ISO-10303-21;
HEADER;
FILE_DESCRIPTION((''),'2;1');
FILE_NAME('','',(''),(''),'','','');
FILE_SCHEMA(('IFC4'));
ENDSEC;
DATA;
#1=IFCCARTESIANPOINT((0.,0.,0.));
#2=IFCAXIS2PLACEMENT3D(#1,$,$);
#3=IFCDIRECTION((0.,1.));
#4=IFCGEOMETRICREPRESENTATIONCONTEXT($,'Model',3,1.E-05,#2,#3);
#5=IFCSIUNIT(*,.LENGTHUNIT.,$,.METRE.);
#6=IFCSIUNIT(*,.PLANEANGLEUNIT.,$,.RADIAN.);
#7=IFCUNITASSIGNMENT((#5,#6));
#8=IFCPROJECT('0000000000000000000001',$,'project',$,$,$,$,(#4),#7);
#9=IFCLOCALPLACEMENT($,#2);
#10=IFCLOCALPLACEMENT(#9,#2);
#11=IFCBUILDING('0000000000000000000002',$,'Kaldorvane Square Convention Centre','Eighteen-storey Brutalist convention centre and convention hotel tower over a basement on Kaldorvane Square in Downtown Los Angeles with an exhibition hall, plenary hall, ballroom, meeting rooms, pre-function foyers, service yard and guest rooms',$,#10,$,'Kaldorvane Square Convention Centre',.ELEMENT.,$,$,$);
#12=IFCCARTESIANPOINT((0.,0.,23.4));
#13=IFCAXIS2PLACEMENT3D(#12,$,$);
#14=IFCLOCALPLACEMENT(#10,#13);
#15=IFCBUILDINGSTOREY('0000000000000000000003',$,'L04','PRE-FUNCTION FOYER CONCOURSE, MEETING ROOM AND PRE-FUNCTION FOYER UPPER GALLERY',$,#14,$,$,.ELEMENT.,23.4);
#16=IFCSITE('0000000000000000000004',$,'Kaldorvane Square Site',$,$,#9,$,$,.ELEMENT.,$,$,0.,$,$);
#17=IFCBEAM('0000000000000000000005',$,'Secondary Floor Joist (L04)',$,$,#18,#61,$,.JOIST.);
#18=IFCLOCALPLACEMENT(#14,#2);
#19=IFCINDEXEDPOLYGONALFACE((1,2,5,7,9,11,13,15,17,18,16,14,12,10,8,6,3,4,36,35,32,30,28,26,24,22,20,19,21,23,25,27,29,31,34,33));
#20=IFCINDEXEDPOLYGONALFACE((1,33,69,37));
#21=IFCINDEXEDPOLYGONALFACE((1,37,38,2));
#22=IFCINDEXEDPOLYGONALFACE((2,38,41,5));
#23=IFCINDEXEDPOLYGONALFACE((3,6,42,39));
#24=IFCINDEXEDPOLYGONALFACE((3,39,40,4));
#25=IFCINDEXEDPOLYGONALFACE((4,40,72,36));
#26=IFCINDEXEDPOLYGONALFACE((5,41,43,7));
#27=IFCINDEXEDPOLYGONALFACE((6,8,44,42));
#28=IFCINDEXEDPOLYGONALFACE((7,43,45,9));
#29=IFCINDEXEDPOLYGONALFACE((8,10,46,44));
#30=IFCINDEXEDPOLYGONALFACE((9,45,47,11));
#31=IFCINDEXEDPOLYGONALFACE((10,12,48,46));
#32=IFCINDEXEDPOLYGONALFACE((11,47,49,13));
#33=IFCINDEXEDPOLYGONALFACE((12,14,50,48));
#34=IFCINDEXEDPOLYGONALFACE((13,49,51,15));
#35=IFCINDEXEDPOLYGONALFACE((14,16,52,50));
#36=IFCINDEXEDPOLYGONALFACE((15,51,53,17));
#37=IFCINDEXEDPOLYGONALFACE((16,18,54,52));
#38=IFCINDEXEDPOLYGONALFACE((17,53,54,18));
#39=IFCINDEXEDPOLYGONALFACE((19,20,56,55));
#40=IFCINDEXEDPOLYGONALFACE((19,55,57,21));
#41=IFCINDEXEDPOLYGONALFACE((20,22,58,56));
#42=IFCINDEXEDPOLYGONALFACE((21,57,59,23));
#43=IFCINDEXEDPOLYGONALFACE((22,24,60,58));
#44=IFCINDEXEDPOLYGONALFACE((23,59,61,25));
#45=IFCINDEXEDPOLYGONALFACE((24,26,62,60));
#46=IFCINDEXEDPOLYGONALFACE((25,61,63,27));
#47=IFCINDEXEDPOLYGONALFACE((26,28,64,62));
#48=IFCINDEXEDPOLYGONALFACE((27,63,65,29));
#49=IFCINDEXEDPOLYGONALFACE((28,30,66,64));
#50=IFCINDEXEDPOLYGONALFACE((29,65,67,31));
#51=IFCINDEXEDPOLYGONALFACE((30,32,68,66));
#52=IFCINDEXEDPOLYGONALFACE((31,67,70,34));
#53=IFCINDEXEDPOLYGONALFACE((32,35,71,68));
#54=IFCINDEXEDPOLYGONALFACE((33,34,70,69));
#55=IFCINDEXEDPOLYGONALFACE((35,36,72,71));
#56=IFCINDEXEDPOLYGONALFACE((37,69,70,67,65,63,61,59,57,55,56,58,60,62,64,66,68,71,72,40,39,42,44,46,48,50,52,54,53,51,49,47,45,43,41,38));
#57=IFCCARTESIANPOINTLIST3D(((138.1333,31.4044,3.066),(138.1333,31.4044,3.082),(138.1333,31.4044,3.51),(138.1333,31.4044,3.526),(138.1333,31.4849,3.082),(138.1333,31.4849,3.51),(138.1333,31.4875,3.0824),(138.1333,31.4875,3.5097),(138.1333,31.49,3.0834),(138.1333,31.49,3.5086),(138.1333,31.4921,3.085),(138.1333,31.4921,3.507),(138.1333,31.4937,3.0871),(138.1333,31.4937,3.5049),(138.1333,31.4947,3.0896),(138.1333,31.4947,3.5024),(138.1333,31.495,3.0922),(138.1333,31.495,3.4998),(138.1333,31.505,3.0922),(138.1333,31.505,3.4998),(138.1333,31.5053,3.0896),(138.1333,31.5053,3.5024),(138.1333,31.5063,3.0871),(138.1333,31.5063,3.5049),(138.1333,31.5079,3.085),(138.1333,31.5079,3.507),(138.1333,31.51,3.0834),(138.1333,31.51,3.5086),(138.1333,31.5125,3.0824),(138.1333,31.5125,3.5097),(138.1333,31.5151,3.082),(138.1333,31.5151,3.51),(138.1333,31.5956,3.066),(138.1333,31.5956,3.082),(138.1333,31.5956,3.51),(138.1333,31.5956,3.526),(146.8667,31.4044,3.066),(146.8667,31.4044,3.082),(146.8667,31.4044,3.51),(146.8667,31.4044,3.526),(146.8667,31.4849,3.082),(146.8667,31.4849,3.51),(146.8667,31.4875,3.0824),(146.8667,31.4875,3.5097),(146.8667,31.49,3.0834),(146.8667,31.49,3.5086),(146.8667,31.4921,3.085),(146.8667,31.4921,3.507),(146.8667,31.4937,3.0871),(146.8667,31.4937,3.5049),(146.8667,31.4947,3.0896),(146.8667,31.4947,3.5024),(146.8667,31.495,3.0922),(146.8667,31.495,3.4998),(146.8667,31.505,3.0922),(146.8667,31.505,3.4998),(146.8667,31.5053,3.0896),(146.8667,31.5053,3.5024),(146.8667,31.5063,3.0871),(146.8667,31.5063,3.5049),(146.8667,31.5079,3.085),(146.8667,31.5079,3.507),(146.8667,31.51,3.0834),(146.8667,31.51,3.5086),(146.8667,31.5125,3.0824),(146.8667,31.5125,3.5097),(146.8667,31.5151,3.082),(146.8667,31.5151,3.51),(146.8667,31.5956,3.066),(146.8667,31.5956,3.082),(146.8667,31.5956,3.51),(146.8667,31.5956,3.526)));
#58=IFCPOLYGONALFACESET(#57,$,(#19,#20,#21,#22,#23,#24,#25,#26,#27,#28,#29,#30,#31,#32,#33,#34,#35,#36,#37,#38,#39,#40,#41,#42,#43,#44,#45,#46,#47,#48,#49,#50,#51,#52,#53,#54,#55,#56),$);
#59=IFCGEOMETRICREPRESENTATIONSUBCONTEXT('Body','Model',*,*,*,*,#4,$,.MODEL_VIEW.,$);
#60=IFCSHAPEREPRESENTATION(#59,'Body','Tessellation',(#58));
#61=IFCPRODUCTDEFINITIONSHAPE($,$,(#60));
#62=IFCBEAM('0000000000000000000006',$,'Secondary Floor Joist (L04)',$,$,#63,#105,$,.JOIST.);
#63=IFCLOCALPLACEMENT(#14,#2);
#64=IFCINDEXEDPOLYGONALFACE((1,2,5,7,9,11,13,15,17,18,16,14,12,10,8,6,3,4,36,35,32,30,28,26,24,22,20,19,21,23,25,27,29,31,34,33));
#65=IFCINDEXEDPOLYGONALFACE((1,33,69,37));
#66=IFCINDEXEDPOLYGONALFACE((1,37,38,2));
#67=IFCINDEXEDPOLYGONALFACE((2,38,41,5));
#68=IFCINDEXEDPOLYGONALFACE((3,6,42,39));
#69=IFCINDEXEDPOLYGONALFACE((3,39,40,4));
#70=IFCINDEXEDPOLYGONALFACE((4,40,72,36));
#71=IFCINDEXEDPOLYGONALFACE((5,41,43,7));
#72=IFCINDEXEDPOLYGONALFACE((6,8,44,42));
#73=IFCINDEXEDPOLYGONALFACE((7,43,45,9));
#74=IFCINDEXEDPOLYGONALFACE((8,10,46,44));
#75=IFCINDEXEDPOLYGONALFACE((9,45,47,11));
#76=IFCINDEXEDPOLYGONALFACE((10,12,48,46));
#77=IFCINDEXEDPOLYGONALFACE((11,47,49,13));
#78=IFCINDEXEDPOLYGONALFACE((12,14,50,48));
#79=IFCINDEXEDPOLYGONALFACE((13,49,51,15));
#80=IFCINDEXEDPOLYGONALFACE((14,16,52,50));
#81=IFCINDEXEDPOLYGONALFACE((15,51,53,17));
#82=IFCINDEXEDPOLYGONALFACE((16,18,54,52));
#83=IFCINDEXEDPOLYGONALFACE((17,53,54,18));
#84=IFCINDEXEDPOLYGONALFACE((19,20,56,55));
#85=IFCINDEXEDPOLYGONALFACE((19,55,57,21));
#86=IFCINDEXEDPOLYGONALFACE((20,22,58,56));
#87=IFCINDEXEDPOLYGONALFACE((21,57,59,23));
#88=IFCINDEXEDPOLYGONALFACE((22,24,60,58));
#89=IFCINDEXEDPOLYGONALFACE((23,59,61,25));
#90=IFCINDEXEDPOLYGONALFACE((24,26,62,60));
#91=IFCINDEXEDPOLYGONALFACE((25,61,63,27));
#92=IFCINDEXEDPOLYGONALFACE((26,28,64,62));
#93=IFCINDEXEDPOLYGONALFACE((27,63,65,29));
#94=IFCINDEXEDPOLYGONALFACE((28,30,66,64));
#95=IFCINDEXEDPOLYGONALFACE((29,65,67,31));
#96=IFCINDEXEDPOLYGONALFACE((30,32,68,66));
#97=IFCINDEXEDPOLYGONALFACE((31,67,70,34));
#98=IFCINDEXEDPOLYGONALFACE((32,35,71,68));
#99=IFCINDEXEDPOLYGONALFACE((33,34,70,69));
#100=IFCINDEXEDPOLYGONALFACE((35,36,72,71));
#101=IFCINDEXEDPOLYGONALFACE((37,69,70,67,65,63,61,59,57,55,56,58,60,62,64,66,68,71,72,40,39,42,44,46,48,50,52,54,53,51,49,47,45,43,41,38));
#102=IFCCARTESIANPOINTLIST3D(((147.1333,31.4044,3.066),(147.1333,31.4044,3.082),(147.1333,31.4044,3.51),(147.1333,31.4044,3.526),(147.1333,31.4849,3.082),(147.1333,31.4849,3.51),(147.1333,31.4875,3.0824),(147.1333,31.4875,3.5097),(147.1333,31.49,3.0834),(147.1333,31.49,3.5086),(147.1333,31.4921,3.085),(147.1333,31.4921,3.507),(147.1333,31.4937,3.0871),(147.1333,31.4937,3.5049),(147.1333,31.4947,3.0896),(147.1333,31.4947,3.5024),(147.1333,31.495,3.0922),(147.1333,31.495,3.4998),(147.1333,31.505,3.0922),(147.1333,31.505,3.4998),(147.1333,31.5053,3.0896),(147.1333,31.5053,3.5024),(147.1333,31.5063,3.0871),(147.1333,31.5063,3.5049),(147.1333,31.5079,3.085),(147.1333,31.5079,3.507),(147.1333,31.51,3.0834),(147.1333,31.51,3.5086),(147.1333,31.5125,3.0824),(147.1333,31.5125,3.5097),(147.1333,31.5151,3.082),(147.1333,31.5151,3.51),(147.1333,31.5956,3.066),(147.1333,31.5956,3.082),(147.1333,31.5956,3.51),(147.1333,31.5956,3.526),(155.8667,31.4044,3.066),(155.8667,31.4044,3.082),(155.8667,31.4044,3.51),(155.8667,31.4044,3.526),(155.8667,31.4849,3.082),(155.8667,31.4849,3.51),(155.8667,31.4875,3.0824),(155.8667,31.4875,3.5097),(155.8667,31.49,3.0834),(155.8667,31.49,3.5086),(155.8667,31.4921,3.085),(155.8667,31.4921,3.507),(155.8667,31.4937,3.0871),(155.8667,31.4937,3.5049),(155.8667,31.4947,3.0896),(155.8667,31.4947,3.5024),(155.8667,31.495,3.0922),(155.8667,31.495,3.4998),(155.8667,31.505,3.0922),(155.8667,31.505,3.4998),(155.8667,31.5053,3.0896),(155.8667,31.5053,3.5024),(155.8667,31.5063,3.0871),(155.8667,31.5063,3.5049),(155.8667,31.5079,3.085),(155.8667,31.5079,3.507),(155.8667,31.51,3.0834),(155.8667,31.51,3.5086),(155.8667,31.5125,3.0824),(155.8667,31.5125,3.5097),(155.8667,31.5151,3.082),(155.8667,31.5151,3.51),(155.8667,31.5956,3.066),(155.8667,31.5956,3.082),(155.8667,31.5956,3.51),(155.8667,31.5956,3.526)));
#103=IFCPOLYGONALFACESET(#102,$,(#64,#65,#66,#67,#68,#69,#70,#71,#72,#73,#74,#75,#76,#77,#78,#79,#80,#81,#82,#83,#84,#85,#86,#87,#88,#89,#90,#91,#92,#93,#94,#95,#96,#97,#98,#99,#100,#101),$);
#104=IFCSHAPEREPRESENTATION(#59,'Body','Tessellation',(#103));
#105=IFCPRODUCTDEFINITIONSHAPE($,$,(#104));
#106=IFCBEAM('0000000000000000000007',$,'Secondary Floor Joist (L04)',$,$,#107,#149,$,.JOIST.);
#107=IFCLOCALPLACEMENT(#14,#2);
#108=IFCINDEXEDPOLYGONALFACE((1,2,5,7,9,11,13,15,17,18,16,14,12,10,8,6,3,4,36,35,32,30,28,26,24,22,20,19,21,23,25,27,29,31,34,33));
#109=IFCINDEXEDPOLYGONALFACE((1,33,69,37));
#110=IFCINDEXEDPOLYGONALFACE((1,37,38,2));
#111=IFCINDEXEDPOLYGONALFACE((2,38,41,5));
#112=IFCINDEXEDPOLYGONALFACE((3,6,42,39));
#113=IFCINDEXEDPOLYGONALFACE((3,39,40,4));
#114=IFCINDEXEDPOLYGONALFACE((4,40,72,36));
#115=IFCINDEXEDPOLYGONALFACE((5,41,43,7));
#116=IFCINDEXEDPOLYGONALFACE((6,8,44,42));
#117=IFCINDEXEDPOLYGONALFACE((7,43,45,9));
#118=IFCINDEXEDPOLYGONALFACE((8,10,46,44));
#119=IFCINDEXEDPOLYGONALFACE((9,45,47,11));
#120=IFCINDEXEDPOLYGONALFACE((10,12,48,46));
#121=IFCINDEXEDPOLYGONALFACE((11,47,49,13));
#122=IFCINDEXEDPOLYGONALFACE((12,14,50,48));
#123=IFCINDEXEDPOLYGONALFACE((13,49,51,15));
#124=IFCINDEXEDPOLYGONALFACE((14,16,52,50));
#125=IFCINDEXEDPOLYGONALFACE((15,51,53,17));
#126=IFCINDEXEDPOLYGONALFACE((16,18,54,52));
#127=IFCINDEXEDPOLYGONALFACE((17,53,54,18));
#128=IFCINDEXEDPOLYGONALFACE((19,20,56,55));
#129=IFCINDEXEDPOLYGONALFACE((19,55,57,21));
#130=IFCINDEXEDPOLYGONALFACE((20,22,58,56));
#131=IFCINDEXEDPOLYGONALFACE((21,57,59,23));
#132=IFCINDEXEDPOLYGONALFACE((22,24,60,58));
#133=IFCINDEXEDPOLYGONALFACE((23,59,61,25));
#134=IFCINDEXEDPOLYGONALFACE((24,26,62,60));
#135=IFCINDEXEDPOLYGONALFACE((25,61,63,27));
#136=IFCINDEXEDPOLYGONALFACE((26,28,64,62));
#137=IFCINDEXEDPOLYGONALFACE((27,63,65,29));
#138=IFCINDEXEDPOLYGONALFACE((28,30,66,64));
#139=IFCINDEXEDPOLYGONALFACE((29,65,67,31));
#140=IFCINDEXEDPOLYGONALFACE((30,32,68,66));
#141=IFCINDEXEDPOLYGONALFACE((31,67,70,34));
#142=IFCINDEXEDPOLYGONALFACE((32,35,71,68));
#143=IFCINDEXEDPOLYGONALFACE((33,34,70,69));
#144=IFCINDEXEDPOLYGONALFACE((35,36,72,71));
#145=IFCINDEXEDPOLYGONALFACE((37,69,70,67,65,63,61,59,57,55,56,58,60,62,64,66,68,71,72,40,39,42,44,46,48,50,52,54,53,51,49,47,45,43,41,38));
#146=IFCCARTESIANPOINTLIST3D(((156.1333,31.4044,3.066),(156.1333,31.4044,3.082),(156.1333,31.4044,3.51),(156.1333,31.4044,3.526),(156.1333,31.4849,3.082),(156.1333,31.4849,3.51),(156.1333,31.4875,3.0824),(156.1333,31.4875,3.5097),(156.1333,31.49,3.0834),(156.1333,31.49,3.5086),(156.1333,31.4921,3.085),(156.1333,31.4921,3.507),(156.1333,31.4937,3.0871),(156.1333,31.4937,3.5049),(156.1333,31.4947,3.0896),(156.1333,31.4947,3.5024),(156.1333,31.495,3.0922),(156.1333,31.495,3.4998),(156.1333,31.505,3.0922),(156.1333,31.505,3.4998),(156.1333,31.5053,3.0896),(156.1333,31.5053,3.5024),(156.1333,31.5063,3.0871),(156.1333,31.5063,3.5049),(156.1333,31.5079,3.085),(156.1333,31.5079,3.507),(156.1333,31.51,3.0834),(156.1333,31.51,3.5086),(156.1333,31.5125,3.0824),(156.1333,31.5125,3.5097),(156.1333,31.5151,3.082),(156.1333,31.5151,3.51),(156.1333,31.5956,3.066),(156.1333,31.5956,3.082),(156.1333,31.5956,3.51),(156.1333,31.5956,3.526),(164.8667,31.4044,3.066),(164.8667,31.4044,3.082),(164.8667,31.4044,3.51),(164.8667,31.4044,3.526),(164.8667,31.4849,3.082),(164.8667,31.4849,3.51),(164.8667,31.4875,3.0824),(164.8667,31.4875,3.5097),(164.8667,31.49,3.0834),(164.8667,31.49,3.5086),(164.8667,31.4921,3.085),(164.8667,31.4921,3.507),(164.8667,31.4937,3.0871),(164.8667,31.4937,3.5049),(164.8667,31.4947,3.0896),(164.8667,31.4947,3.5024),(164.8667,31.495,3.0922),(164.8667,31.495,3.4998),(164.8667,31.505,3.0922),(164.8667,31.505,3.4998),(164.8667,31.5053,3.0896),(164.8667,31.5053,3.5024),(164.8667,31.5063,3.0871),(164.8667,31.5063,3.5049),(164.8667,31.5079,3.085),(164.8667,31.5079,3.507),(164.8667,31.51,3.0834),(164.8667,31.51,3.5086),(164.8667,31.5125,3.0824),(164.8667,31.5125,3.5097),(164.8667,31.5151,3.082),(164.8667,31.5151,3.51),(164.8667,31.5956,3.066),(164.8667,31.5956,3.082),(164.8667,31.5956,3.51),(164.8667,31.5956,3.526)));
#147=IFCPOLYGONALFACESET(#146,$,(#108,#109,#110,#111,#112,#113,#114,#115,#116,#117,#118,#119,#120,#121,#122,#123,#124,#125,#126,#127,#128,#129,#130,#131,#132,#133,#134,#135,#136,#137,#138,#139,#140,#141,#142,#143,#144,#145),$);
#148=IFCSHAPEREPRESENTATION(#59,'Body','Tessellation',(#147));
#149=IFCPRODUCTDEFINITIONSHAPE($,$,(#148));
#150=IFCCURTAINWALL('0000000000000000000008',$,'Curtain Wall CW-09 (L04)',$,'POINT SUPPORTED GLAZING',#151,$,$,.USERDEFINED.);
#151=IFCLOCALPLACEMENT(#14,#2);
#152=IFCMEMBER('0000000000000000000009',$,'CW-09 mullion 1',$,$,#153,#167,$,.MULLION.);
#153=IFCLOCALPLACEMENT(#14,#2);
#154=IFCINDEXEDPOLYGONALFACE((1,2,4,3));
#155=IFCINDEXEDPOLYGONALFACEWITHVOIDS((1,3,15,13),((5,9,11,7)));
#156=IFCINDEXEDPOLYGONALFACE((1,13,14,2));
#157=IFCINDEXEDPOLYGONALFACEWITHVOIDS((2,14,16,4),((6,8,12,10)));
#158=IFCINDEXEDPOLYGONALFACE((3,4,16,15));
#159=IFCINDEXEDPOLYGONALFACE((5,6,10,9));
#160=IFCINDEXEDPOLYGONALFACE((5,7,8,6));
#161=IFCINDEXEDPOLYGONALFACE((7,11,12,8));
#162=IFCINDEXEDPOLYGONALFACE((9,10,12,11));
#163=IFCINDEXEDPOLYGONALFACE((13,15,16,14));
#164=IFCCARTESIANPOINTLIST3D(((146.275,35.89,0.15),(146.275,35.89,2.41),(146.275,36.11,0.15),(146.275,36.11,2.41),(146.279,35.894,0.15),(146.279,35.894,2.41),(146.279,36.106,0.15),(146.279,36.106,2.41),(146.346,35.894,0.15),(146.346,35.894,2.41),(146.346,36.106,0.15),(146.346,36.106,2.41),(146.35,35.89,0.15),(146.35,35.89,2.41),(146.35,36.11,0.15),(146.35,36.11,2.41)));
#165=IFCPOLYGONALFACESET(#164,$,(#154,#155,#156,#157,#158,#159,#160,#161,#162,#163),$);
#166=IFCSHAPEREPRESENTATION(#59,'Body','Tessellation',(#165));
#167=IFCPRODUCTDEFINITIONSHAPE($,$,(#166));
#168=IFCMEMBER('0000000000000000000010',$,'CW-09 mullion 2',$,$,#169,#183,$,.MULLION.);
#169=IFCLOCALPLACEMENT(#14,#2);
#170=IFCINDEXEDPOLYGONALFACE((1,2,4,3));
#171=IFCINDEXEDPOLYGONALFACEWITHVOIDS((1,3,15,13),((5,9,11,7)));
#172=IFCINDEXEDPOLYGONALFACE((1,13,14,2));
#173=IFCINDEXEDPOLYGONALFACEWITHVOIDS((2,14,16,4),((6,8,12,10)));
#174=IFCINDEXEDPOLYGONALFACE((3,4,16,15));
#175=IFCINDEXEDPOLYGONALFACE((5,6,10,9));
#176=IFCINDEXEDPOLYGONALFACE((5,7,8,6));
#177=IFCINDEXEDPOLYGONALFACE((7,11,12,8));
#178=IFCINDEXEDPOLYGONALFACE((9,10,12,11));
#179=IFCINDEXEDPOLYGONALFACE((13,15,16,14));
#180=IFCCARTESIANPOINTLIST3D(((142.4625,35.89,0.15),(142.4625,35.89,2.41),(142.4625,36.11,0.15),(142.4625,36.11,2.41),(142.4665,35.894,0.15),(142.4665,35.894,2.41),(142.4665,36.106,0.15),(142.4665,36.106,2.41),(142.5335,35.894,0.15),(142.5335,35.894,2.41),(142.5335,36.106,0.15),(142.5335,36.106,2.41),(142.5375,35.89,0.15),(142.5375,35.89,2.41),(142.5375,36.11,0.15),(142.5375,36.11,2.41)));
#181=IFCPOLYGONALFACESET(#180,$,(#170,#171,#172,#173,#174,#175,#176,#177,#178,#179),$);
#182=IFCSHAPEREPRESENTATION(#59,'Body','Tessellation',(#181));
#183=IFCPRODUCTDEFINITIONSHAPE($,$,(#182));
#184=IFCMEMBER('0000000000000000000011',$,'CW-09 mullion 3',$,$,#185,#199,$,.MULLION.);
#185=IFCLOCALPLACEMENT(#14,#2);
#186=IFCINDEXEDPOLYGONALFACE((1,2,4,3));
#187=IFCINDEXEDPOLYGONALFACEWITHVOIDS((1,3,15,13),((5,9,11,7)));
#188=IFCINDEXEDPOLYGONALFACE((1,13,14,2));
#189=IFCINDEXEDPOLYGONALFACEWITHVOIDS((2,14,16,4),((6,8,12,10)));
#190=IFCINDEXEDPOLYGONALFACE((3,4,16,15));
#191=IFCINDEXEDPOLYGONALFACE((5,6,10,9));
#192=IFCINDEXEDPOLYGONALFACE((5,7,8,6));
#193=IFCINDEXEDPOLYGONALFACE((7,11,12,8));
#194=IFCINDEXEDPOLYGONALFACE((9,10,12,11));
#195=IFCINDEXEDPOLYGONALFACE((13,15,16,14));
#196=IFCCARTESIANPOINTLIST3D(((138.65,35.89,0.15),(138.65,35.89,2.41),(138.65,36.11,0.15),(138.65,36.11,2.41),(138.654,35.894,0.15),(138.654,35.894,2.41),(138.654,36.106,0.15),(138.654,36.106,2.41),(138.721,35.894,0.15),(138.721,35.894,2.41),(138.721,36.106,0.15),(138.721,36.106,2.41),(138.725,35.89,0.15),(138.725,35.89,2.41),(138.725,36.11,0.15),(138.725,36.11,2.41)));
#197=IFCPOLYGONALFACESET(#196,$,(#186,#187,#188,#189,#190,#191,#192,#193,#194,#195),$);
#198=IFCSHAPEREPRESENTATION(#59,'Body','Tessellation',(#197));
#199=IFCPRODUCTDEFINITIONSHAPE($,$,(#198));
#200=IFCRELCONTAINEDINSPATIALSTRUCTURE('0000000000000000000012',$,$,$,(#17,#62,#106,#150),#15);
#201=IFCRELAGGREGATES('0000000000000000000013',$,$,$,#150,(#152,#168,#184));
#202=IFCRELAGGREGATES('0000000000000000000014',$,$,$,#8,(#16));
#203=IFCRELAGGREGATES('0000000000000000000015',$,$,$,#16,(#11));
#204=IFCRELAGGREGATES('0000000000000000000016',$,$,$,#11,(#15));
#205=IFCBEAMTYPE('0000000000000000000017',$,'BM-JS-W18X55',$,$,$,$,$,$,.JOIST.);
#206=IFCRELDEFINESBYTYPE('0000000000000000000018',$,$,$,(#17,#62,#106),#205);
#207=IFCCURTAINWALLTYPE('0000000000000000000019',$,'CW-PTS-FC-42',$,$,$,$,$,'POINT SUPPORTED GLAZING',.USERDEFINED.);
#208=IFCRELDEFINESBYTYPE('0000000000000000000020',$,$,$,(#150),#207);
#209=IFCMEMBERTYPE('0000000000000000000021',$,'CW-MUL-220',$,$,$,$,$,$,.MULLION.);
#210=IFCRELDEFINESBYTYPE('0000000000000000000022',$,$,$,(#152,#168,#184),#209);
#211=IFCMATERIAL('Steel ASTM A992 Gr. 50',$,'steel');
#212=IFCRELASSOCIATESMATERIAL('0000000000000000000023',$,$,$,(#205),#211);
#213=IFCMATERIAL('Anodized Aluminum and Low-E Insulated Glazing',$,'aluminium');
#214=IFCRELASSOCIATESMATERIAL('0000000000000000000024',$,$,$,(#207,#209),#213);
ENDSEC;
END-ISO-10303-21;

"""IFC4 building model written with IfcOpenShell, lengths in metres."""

from ifc_helpers import new_model, si_unit, direction, frame, origin, origin_2d, place, context, subcontext, project, spatial, hollow_rectangle, i_section, extrude, material, material_profile, profile_set, type_object, element, aggregate, save


model = new_model("IFC4")

# Units and contexts
model_context = context("Model", 3, precision=1e-05, world=origin(), true_north=direction((0.0, 1.0)))
body_context = subcontext(model_context, "Body", "Model", "MODEL_VIEW")
ifc_project = project(units=[si_unit("LENGTHUNIT", "METRE"), si_unit("PLANEANGLEUNIT", "RADIAN")], contexts=[model_context])

# Site, building, storey
site_placement = place(None, origin())
site = spatial("IfcSite", under=ifc_project, at=site_placement, Name="Kaldorvane Square Site", CompositionType="ELEMENT", RefElevation=0.0)
building_placement = place(site_placement, origin())
building = spatial("IfcBuilding", under=site, at=building_placement, Name="Kaldorvane Square Convention Centre", Description="Eighteen-storey Brutalist convention centre and convention hotel tower over a basement on Kaldorvane Square in Downtown Los Angeles with an exhibition hall, plenary hall, ballroom, meeting rooms, pre-function foyers, service yard and guest rooms", LongName="Kaldorvane Square Convention Centre", CompositionType="ELEMENT")
storey_placement = place(building_placement, frame((0.0, 0.0, 23.4)))
storey = spatial("IfcBuildingStorey", under=building, at=storey_placement, Name="L04", Description="PRE-FUNCTION FOYER CONCOURSE, MEETING ROOM AND PRE-FUNCTION FOYER UPPER GALLERY", CompositionType="ELEMENT", Elevation=23.4)

# Shared definitions
ifc_material_1 = material(Name="Steel ASTM A992 Gr. 50", Category="steel")

# Beams
ifc_material_profile_1 = material_profile(ifc_material_1, i_section(OverallWidth=0.1913, OverallDepth=0.46, WebThickness=0.0099, FlangeThickness=0.016, FilletRadius=0.0102, at=origin_2d()), Name="W18X55")
ifc_profile_set_1 = profile_set([ifc_material_profile_1], Name="Steel ASTM A992 Gr. 50")
beam_type_1 = type_object("IfcBeamType", Name="BM-JS-W18X55", PredefinedType="JOIST", material=ifc_profile_set_1)
for number, where, z_axis, x_axis, name in (
    (1, (138.1333, 31.5, 3.296), (1.0, 0.0, 0.0), (0.0, 1.0, 0.0), "Secondary Floor Joist (L04)"),
    (2, (147.1333, 31.5, 3.296), (1.0, 0.0, 0.0), (0.0, 1.0, 0.0), "Secondary Floor Joist (L04)"),
    (3, (156.1333, 31.5, 3.296), (1.0, 0.0, 0.0), (0.0, 1.0, 0.0), "Secondary Floor Joist (L04)"),
):
    element("IfcBeam", number, at=place(storey_placement, frame(where, z_axis=z_axis, x_axis=x_axis)), inside=storey, type_object=beam_type_1, Name=name, PredefinedType="JOIST", context=body_context, shape_type="SweptSolid", body=[
        extrude(i_section(OverallWidth=0.1913, OverallDepth=0.46, WebThickness=0.0099, FlangeThickness=0.016, FilletRadius=0.0102, at=origin_2d()), origin(), (0.0, 0.0, 1.0), 8.7334),
    ])

# Curtain wall, members
ifc_material_2 = material(Name="Anodized Aluminum and Low-E Insulated Glazing", Category="aluminium")
curtain_wall_type = type_object("IfcCurtainWallType", Name="CW-PTS-FC-42", ElementType="POINT SUPPORTED GLAZING", PredefinedType="USERDEFINED", material=ifc_material_2)
curtain_wall_placement = place(storey_placement, origin())
curtain_wall = element("IfcCurtainWall", 4, at=curtain_wall_placement, inside=storey, type_object=curtain_wall_type, Name="Curtain Wall CW-09 (L04)", ObjectType="POINT SUPPORTED GLAZING", PredefinedType="USERDEFINED")
ifc_material_profile_2 = material_profile(ifc_material_2, hollow_rectangle(XDim=0.075, YDim=0.22, WallThickness=0.004, at=origin_2d()), Name="CWM-220X75")
ifc_profile_set_2 = profile_set([ifc_material_profile_2], Name="Anodized Aluminum and Low-E Insulated Glazing")
member_type_1 = type_object("IfcMemberType", Name="CW-MUL-220", PredefinedType="MULLION", material=ifc_profile_set_2)
member_1_placement = place(storey_placement, frame((146.3125, 36.0, 0.15), z_axis=(0.0, 0.0, 1.0), x_axis=(-1.0, 0.0, 0.0)))
member_1 = element("IfcMember", 5, at=member_1_placement, type_object=member_type_1, Name="CW-09 mullion 1", PredefinedType="MULLION", context=body_context, shape_type="SweptSolid", body=[
    extrude(hollow_rectangle(XDim=0.075, YDim=0.22, WallThickness=0.004, at=origin_2d()), origin(), (0.0, 0.0, 1.0), 2.26),
])
member_2_placement = place(storey_placement, frame((142.5, 36.0, 0.15), z_axis=(0.0, 0.0, 1.0), x_axis=(-1.0, 0.0, 0.0)))
member_2 = element("IfcMember", 6, at=member_2_placement, type_object=member_type_1, Name="CW-09 mullion 2", PredefinedType="MULLION", context=body_context, shape_type="SweptSolid", body=[
    extrude(hollow_rectangle(XDim=0.075, YDim=0.22, WallThickness=0.004, at=origin_2d()), origin(), (0.0, 0.0, 1.0), 2.26),
])
member_3_placement = place(storey_placement, frame((138.6875, 36.0, 0.15), z_axis=(0.0, 0.0, 1.0), x_axis=(-1.0, 0.0, 0.0)))
member_3 = element("IfcMember", 7, at=member_3_placement, type_object=member_type_1, Name="CW-09 mullion 3", PredefinedType="MULLION", context=body_context, shape_type="SweptSolid", body=[
    extrude(hollow_rectangle(XDim=0.075, YDim=0.22, WallThickness=0.004, at=origin_2d()), origin(), (0.0, 0.0, 1.0), 2.26),
])
aggregate(curtain_wall, [member_1, member_2, member_3])

save(model, "model.ifc")
